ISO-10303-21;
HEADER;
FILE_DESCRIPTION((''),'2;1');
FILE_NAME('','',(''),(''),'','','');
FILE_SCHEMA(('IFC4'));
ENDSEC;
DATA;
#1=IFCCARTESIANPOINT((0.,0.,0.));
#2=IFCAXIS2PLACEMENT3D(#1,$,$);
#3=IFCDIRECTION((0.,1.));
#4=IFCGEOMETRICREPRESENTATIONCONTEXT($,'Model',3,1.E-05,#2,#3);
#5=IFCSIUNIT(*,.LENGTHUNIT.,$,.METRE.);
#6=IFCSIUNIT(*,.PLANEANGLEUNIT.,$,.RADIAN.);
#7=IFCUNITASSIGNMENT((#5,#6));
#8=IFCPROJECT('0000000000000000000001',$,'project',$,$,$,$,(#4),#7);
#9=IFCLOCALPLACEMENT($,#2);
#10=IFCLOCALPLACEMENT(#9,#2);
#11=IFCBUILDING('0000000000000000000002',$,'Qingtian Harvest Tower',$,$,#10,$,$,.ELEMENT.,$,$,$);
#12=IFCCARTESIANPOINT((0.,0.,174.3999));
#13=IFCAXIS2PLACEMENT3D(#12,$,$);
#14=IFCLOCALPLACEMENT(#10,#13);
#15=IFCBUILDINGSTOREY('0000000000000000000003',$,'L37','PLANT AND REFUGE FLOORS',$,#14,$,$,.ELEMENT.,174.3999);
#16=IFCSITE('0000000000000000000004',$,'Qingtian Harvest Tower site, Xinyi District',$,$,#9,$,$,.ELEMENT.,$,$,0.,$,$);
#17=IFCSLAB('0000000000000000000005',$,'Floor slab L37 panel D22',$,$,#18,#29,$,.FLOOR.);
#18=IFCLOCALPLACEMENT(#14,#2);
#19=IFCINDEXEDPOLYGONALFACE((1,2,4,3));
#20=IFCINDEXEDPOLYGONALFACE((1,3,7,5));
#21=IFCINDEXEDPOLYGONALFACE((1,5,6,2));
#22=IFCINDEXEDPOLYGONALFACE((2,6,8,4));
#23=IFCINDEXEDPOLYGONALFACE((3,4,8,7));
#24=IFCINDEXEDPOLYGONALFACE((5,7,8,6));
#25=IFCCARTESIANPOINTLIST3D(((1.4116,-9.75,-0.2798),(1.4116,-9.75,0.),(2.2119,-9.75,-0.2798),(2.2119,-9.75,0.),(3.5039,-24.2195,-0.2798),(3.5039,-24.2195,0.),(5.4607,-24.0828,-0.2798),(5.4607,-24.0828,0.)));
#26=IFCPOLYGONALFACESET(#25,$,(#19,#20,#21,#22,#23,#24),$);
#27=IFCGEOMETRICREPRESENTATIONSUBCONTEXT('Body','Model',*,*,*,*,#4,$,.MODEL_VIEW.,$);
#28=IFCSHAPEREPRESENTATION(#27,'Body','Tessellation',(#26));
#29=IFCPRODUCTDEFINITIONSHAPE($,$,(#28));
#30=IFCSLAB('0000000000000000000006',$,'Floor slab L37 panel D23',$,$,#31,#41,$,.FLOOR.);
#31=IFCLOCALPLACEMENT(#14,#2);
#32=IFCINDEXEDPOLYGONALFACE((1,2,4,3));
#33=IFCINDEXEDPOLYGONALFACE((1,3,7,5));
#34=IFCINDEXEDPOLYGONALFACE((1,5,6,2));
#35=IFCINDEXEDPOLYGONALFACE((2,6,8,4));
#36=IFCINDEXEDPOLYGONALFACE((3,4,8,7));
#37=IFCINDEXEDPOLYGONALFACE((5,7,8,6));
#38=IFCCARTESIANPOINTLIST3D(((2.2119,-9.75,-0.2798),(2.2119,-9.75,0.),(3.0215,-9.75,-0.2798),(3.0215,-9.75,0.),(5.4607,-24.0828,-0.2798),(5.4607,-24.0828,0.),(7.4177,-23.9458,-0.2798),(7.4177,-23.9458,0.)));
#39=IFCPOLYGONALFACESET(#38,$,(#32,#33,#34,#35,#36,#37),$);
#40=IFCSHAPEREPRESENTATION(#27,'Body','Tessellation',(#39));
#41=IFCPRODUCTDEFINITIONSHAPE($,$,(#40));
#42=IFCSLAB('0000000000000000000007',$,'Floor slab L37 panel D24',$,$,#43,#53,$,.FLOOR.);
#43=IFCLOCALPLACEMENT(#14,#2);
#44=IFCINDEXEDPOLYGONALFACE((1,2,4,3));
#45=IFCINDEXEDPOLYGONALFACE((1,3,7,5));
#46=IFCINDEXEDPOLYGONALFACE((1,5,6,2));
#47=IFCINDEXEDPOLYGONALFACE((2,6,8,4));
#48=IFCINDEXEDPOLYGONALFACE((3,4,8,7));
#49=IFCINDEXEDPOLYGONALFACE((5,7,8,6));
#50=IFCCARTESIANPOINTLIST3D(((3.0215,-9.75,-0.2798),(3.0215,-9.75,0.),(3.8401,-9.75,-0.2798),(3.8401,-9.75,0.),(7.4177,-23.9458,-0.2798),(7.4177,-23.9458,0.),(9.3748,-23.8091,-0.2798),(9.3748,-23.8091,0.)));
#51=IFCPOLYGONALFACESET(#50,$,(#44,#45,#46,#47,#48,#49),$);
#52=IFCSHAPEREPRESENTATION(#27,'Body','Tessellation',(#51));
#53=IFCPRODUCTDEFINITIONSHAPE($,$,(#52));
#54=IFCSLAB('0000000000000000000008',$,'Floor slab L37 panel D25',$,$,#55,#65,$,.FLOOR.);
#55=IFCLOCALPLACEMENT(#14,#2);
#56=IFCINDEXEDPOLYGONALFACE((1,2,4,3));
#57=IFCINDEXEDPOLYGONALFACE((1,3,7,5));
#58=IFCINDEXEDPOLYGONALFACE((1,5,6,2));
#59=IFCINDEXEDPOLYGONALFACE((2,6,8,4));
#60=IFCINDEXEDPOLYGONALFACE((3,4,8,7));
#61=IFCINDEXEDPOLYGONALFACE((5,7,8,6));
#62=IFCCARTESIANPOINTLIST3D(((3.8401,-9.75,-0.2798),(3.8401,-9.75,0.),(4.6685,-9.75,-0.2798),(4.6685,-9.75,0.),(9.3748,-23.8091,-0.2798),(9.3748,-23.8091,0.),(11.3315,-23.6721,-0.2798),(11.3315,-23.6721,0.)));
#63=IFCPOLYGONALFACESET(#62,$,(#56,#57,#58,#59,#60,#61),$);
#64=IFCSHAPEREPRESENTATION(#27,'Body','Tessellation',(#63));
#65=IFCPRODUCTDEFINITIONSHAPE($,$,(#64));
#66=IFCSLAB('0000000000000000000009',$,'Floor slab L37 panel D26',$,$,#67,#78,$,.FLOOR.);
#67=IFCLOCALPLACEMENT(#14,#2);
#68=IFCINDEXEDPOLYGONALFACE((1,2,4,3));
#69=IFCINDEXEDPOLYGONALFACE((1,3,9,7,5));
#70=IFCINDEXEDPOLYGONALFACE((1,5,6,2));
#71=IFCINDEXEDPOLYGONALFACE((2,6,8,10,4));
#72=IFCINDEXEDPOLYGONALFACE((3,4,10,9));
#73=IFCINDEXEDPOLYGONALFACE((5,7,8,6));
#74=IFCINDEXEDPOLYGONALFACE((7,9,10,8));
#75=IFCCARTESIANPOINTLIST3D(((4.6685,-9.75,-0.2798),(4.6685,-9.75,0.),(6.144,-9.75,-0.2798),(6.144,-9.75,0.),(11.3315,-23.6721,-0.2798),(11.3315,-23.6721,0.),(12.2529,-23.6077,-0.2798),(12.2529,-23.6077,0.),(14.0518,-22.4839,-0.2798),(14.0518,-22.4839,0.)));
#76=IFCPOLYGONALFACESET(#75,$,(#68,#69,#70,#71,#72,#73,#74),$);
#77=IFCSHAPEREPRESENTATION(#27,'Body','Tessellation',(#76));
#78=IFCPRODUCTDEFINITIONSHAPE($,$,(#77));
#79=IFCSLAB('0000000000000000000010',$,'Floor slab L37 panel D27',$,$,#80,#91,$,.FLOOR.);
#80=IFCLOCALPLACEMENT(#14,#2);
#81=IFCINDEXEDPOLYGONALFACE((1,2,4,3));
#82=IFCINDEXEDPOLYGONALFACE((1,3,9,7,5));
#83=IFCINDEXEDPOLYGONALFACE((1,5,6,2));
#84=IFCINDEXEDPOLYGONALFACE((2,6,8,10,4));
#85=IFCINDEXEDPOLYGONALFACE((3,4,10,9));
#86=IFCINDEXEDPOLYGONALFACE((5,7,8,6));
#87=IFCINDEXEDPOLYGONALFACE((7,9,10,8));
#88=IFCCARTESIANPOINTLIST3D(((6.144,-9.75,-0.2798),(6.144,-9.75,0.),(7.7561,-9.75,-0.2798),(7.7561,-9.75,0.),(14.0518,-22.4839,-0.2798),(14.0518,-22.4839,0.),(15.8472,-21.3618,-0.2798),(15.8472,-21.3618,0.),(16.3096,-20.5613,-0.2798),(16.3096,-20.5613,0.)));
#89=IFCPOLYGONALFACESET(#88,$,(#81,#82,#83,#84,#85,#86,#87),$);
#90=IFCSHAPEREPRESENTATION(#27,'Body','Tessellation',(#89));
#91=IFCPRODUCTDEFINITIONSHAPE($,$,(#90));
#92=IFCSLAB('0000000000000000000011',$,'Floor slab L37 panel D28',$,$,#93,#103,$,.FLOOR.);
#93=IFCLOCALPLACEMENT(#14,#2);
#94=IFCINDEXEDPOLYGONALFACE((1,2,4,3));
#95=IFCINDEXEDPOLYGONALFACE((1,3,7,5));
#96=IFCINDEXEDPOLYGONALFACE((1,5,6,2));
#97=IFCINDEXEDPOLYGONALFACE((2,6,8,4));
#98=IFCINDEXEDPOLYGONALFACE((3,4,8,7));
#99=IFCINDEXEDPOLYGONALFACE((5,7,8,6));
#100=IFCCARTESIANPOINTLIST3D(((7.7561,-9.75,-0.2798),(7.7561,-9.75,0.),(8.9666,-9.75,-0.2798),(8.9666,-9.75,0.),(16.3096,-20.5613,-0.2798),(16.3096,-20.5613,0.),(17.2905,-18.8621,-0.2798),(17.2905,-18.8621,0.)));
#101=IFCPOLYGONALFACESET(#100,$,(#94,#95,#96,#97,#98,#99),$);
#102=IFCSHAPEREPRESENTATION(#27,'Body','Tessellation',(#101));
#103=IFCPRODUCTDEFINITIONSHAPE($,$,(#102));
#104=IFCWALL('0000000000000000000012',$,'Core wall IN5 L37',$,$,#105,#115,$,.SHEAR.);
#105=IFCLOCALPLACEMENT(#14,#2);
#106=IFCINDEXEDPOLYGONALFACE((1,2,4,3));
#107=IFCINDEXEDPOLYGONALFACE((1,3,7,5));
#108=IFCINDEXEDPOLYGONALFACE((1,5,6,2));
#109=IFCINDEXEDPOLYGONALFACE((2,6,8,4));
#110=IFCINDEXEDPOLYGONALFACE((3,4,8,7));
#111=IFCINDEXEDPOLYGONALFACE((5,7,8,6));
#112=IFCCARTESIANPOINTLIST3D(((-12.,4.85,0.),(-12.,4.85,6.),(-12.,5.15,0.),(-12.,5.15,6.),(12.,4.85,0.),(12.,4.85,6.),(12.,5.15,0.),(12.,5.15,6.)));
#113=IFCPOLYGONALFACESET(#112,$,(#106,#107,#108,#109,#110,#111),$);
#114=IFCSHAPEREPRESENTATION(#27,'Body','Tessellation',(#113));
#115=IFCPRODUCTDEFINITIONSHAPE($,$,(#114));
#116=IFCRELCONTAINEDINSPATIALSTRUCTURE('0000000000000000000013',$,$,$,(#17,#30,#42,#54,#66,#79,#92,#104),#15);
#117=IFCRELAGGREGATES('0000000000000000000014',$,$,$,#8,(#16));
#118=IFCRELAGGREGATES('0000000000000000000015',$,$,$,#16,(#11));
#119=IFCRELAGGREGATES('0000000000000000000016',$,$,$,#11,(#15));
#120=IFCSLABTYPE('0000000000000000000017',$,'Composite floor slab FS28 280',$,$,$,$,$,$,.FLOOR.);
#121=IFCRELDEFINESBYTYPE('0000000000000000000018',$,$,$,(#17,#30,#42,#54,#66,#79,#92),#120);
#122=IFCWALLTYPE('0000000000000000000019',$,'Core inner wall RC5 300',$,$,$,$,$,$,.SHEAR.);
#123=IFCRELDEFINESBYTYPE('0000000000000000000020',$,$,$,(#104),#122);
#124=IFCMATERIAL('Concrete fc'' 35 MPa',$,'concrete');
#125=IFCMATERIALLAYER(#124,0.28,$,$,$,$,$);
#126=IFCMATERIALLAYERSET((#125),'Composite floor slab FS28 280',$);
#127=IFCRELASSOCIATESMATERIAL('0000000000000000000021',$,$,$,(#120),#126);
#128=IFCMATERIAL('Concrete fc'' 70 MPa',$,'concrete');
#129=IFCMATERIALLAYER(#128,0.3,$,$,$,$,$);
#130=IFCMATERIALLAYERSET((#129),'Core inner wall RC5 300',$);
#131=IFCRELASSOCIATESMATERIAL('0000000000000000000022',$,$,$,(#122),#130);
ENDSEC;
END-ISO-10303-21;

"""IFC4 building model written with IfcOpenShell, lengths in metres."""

from ifc_helpers import new_model, si_unit, direction, frame, frame_2d, origin, place, context, subcontext, project, spatial, polyline, rectangle, outline, extrude, material, layer, layer_set, type_object, element, save


model = new_model("IFC4")

# Units and contexts
model_context = context("Model", 3, precision=1e-05, world=origin(), true_north=direction((0.0, 1.0)))
body_context = subcontext(model_context, "Body", "Model", "MODEL_VIEW")
ifc_project = project(units=[si_unit("LENGTHUNIT", "METRE"), si_unit("PLANEANGLEUNIT", "RADIAN")], contexts=[model_context])

# Site, building, storey
site_placement = place(None, origin())
site = spatial("IfcSite", under=ifc_project, at=site_placement, Name="Qingtian Harvest Tower site, Xinyi District", CompositionType="ELEMENT", RefElevation=0.0)
building_placement = place(site_placement, origin())
building = spatial("IfcBuilding", under=site, at=building_placement, Name="Qingtian Harvest Tower", CompositionType="ELEMENT")
storey_placement = place(building_placement, frame((0.0, 0.0, 174.3999)))
storey = spatial("IfcBuildingStorey", under=building, at=storey_placement, Name="L37", Description="PLANT AND REFUGE FLOORS", CompositionType="ELEMENT", Elevation=174.3999)

# Slabs
ifc_material_1 = material(Name="Concrete fc' 35 MPa", Category="concrete")
ifc_layer_1 = layer(ifc_material_1, 0.28)
ifc_layer_set_1 = layer_set([ifc_layer_1], Name="Composite floor slab FS28 280")
slab_type = type_object("IfcSlabType", Name="Composite floor slab FS28 280", PredefinedType="FLOOR", material=ifc_layer_set_1)
slab_1_placement = place(storey_placement, frame((0.0, 0.0, -0.2798)))
element("IfcSlab", 1, at=slab_1_placement, inside=storey, type_object=slab_type, Name="Floor slab L37 panel D22", PredefinedType="FLOOR", context=body_context, shape_type="SweptSolid", body=[
    extrude(outline(polyline([(2.2119, -9.75), (5.4607, -24.0828), (3.5039, -24.2195), (1.4116, -9.75), (2.2119, -9.75)])), origin(), (0.0, 0.0, 1.0), 0.2798),
])
slab_2_placement = place(storey_placement, frame((0.0, 0.0, -0.2798)))
element("IfcSlab", 2, at=slab_2_placement, inside=storey, type_object=slab_type, Name="Floor slab L37 panel D23", PredefinedType="FLOOR", context=body_context, shape_type="SweptSolid", body=[
    extrude(outline(polyline([(3.0215, -9.75), (7.4177, -23.9458), (5.4607, -24.0828), (2.2119, -9.75), (3.0215, -9.75)])), origin(), (0.0, 0.0, 1.0), 0.2798),
])
slab_3_placement = place(storey_placement, frame((0.0, 0.0, -0.2798)))
element("IfcSlab", 3, at=slab_3_placement, inside=storey, type_object=slab_type, Name="Floor slab L37 panel D24", PredefinedType="FLOOR", context=body_context, shape_type="SweptSolid", body=[
    extrude(outline(polyline([(3.8401, -9.75), (9.3748, -23.8091), (7.4177, -23.9458), (3.0215, -9.75), (3.8401, -9.75)])), origin(), (0.0, 0.0, 1.0), 0.2798),
])
slab_4_placement = place(storey_placement, frame((0.0, 0.0, -0.2798)))
element("IfcSlab", 4, at=slab_4_placement, inside=storey, type_object=slab_type, Name="Floor slab L37 panel D25", PredefinedType="FLOOR", context=body_context, shape_type="SweptSolid", body=[
    extrude(outline(polyline([(4.6685, -9.75), (11.3315, -23.6721), (9.3748, -23.8091), (3.8401, -9.75), (4.6685, -9.75)])), origin(), (0.0, 0.0, 1.0), 0.2798),
])
slab_5_placement = place(storey_placement, frame((0.0, 0.0, -0.2798)))
element("IfcSlab", 5, at=slab_5_placement, inside=storey, type_object=slab_type, Name="Floor slab L37 panel D26", PredefinedType="FLOOR", context=body_context, shape_type="SweptSolid", body=[
    extrude(outline(polyline([(4.6685, -9.75), (6.144, -9.75), (14.0518, -22.4839), (12.2529, -23.6077), (11.3315, -23.6721), (4.6685, -9.75)])), origin(), (0.0, 0.0, 1.0), 0.2798),
])
slab_6_placement = place(storey_placement, frame((0.0, 0.0, -0.2798)))
element("IfcSlab", 6, at=slab_6_placement, inside=storey, type_object=slab_type, Name="Floor slab L37 panel D27", PredefinedType="FLOOR", context=body_context, shape_type="SweptSolid", body=[
    extrude(outline(polyline([(6.144, -9.75), (7.7561, -9.75), (16.3096, -20.5613), (15.8472, -21.3618), (14.0518, -22.4839), (6.144, -9.75)])), origin(), (0.0, 0.0, 1.0), 0.2798),
])
slab_7_placement = place(storey_placement, frame((0.0, 0.0, -0.2798)))
element("IfcSlab", 7, at=slab_7_placement, inside=storey, type_object=slab_type, Name="Floor slab L37 panel D28", PredefinedType="FLOOR", context=body_context, shape_type="SweptSolid", body=[
    extrude(outline(polyline([(8.9666, -9.75), (17.2905, -18.8621), (16.3096, -20.5613), (7.7561, -9.75), (8.9666, -9.75)])), origin(), (0.0, 0.0, 1.0), 0.2798),
])

# Wall
ifc_material_2 = material(Name="Concrete fc' 70 MPa", Category="concrete")
ifc_layer_2 = layer(ifc_material_2, 0.3)
ifc_layer_set_2 = layer_set([ifc_layer_2], Name="Core inner wall RC5 300")
wall_type_1 = type_object("IfcWallType", Name="Core inner wall RC5 300", PredefinedType="SHEAR", material=ifc_layer_set_2)
wall_1_placement = place(storey_placement, frame((-12.0, 5.0, 0.0), z_axis=(0.0, 0.0, 1.0), x_axis=(1.0, 0.0, 0.0)))
element("IfcWall", 8, at=wall_1_placement, inside=storey, type_object=wall_type_1, Name="Core wall IN5 L37", PredefinedType="SHEAR", context=body_context, shape_type="SweptSolid", body=[
    extrude(rectangle(XDim=24.0, YDim=0.3, at=frame_2d((12.0, 0.0))), origin(), (0.0, 0.0, 1.0), 6.0),
])

save(model, "model.ifc")
